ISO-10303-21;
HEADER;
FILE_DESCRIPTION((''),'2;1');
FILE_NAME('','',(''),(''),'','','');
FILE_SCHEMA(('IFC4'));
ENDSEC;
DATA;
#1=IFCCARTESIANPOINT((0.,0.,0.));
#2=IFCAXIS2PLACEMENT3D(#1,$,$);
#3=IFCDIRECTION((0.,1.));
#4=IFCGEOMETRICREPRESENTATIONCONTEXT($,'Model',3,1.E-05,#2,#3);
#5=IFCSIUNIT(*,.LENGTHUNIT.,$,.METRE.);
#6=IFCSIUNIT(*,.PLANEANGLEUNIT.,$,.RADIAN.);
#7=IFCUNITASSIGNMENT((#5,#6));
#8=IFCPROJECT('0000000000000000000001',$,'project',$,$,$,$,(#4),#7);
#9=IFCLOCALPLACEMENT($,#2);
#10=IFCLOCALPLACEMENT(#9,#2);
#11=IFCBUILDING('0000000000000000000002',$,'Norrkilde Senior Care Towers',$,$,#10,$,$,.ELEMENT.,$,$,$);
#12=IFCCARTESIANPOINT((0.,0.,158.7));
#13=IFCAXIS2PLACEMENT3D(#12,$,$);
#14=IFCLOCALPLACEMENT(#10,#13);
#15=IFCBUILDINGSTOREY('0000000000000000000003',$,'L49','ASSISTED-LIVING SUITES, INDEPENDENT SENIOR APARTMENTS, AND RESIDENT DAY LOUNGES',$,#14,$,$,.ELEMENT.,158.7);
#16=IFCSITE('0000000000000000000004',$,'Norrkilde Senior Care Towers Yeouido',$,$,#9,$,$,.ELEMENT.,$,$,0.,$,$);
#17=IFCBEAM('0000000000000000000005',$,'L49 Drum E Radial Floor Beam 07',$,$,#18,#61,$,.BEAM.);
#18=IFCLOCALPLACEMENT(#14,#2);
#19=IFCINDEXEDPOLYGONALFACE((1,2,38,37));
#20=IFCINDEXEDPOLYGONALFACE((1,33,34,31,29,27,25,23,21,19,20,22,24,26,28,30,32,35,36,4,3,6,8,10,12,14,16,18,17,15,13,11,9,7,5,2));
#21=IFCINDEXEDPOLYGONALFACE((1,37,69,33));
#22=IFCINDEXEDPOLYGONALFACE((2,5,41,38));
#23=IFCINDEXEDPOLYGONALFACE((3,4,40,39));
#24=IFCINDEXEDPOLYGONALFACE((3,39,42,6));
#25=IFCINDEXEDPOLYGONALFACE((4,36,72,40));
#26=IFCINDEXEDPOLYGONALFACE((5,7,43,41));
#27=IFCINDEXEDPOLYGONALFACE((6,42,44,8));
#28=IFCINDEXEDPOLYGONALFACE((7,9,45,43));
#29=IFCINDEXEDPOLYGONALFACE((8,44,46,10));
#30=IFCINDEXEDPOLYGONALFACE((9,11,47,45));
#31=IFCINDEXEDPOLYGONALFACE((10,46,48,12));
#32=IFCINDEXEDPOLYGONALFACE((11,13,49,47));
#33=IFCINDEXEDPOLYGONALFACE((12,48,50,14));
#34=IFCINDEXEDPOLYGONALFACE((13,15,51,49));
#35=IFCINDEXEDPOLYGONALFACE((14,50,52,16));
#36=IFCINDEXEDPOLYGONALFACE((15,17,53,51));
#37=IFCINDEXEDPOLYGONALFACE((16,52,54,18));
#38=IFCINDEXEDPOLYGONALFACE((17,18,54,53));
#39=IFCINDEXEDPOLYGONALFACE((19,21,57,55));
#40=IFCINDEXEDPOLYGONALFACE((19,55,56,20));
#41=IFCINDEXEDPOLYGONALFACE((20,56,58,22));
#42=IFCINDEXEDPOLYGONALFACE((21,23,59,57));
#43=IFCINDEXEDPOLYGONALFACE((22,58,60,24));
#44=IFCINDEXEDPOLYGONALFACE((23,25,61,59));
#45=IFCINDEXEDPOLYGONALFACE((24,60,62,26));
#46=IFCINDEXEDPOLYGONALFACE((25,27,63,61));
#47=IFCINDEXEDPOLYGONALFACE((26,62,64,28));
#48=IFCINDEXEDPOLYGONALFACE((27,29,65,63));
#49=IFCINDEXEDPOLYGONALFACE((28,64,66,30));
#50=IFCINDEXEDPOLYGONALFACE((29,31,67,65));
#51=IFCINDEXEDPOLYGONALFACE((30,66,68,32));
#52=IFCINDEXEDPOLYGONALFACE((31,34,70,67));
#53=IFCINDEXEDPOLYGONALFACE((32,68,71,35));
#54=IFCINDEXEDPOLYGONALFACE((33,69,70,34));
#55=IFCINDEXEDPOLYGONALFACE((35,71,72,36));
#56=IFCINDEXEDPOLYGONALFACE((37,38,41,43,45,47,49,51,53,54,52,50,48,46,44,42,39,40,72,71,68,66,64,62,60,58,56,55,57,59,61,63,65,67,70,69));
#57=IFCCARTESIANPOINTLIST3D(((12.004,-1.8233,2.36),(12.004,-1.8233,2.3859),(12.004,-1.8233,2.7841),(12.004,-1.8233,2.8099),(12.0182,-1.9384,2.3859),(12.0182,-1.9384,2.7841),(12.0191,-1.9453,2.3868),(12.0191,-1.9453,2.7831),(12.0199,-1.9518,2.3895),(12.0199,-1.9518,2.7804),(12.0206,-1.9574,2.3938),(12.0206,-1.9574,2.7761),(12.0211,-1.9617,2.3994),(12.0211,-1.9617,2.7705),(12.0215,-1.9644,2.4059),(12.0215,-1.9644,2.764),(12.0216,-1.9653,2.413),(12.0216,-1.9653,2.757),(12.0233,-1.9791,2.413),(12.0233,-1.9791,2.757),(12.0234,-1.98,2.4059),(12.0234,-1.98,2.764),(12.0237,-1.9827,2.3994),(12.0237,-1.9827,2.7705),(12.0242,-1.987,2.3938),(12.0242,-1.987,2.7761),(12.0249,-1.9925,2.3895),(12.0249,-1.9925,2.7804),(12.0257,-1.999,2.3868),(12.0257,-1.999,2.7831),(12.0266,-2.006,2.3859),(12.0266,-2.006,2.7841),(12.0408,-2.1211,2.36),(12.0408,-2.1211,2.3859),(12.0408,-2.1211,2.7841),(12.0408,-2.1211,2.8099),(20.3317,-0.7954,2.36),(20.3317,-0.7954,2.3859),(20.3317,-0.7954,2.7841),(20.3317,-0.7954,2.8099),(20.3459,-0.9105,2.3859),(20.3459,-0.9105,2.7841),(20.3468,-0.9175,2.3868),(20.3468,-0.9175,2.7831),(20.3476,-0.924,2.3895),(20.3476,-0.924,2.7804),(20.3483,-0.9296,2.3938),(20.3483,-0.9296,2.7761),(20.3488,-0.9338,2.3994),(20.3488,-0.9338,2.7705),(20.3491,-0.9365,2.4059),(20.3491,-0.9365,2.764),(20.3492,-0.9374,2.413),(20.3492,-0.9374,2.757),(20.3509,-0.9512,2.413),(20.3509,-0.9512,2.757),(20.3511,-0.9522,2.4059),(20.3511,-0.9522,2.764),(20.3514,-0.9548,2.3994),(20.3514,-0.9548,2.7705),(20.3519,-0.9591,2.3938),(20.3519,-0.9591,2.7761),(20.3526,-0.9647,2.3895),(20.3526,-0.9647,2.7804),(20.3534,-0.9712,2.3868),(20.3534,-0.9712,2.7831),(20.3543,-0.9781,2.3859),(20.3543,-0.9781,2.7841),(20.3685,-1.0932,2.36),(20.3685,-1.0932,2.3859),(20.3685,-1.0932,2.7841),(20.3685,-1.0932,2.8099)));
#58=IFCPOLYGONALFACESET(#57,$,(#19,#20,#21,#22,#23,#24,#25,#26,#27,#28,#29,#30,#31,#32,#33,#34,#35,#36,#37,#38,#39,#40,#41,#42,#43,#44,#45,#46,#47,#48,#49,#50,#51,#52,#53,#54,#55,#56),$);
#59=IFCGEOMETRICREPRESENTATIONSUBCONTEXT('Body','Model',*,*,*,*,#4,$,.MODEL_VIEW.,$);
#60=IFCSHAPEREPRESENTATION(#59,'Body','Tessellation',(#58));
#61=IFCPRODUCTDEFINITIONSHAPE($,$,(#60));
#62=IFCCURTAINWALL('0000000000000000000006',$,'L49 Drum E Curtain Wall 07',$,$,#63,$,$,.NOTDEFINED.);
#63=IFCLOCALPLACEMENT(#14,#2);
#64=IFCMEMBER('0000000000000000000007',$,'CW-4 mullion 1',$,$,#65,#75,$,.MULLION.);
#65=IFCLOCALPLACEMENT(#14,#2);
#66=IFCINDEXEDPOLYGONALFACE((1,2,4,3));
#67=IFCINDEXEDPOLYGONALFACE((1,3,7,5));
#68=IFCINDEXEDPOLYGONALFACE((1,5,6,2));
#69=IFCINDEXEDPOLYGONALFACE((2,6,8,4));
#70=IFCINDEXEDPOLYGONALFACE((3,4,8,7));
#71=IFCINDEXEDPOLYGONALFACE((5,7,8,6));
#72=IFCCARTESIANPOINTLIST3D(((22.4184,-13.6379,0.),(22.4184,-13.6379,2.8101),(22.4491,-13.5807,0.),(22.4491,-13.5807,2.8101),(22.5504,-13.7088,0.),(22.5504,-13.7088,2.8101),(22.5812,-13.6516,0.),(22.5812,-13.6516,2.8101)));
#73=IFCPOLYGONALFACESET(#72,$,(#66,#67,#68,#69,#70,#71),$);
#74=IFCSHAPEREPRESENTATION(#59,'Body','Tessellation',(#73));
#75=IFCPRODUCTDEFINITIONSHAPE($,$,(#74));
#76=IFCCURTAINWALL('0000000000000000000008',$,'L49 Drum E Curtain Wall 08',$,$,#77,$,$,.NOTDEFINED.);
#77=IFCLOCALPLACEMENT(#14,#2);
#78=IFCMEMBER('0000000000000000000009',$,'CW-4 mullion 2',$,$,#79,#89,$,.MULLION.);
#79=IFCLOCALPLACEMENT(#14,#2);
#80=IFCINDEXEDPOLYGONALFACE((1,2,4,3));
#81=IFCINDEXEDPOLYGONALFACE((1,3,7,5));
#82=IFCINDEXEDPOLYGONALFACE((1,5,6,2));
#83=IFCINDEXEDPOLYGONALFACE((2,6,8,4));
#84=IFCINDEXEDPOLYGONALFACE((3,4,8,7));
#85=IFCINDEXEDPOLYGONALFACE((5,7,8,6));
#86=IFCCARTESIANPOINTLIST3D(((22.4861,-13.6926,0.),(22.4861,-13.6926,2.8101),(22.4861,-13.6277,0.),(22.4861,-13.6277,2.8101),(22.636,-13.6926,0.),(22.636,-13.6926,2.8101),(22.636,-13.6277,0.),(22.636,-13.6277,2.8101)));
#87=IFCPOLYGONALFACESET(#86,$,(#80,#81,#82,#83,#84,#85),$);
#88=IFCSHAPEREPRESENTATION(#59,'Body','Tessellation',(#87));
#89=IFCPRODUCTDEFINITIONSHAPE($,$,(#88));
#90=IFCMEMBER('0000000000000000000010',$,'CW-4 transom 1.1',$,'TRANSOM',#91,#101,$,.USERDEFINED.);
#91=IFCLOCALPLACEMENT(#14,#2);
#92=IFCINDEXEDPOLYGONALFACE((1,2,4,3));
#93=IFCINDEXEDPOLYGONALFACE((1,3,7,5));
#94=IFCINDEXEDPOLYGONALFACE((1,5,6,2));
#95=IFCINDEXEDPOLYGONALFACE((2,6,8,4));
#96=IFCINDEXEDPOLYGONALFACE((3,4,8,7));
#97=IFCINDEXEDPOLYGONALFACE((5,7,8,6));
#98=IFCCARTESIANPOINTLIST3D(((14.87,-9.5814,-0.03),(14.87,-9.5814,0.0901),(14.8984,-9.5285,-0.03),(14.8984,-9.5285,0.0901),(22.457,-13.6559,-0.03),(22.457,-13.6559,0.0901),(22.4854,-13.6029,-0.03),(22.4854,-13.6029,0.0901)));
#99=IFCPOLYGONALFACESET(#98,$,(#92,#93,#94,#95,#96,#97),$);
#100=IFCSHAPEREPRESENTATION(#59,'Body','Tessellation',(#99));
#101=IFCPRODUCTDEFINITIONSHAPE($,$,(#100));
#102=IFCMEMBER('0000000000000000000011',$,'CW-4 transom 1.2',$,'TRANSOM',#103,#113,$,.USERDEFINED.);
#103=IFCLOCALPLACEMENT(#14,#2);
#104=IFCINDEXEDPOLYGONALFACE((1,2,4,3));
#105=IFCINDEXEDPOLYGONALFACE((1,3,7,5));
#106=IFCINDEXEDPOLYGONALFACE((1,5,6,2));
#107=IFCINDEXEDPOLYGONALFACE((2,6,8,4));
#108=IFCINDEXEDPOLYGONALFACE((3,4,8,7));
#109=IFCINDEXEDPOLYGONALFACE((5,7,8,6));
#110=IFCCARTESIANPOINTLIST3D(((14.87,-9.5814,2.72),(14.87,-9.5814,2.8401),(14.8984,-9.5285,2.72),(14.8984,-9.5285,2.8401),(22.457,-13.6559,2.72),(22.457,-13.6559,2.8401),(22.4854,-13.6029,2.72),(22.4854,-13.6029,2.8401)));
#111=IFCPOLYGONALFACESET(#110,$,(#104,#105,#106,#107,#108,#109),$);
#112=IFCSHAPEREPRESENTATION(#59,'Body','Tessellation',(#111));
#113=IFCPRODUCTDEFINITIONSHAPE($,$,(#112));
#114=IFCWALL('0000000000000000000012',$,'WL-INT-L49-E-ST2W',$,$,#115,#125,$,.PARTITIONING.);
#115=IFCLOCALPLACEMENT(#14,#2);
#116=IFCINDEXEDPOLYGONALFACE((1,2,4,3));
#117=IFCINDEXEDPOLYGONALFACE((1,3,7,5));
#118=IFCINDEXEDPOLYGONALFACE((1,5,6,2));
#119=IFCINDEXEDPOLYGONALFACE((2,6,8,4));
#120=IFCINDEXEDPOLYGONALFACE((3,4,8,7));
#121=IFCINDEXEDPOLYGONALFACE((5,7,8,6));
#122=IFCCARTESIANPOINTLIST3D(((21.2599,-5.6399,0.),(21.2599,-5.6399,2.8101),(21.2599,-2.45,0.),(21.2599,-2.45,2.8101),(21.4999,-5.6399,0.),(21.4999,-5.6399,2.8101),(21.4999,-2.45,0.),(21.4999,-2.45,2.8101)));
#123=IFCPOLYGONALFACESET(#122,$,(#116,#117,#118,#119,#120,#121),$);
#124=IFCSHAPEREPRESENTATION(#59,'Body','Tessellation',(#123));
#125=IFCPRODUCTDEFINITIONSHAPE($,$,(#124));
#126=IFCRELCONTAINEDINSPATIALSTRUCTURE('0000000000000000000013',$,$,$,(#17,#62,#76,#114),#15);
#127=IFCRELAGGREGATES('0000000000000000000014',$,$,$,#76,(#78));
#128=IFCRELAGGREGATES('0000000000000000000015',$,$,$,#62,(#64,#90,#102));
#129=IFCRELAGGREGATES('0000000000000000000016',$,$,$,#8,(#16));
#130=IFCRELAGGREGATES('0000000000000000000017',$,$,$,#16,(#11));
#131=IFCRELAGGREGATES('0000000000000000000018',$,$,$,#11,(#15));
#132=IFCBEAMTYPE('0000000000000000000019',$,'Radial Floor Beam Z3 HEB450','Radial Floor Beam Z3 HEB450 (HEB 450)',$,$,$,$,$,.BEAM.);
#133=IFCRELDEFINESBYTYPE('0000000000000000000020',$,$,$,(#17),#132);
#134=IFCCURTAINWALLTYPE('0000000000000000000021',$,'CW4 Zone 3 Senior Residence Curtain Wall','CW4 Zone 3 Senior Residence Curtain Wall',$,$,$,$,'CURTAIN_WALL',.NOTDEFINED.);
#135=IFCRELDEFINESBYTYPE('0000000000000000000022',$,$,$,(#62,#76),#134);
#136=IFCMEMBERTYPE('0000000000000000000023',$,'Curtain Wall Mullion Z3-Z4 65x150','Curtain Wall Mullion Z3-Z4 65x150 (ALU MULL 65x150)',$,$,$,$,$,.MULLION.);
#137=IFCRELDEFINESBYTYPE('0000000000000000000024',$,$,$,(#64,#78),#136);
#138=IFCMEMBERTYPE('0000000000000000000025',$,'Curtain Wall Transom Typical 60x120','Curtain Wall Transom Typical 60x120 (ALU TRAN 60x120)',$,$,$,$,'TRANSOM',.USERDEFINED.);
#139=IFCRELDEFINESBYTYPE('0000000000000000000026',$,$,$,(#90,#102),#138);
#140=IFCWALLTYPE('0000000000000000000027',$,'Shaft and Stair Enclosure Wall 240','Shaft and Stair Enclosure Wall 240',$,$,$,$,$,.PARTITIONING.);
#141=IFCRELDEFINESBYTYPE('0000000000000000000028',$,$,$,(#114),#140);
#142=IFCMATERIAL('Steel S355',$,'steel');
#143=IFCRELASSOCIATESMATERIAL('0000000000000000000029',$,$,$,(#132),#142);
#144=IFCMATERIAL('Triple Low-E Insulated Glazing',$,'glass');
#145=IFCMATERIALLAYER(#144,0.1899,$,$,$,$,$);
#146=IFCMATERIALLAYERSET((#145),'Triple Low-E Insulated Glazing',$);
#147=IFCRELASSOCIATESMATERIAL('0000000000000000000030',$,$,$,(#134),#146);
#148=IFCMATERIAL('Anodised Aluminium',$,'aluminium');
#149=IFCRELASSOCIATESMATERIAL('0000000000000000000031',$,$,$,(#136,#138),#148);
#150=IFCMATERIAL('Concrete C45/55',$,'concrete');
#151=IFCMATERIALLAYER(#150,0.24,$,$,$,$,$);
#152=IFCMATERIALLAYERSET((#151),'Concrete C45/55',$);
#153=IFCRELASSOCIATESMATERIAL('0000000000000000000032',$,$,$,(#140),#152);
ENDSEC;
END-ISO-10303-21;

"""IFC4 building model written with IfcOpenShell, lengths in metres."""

from ifc_helpers import new_model, si_unit, direction, frame, frame_2d, origin, origin_2d, place, context, subcontext, project, spatial, rectangle, i_section, extrude, source, transform, mapped, material, layer, layer_set, material_profile, profile_set, type_object, type_shapes, element, aggregate, save


model = new_model("IFC4")

# Units and contexts
model_context = context("Model", 3, precision=1e-05, world=origin(), true_north=direction((0.0, 1.0)))
body_context = subcontext(model_context, "Body", "Model", "MODEL_VIEW")
ifc_project = project(units=[si_unit("LENGTHUNIT", "METRE"), si_unit("PLANEANGLEUNIT", "RADIAN")], contexts=[model_context])

# Site, building, storey
site_placement = place(None, origin())
site = spatial("IfcSite", under=ifc_project, at=site_placement, Name="Norrkilde Senior Care Towers Yeouido", CompositionType="ELEMENT", RefElevation=0.0)
building_placement = place(site_placement, origin())
building = spatial("IfcBuilding", under=site, at=building_placement, Name="Norrkilde Senior Care Towers", CompositionType="ELEMENT")
storey_placement = place(building_placement, frame((0.0, 0.0, 158.7)))
storey = spatial("IfcBuildingStorey", under=building, at=storey_placement, Name="L49", Description="ASSISTED-LIVING SUITES, INDEPENDENT SENIOR APARTMENTS, AND RESIDENT DAY LOUNGES", CompositionType="ELEMENT", Elevation=158.7)

# Beam
ifc_material_1 = material(Name="Steel S355", Category="steel")
ifc_material_profile_1 = material_profile(ifc_material_1, i_section(OverallWidth=0.3, OverallDepth=0.45, WebThickness=0.0139, FlangeThickness=0.0259, FilletRadius=0.0271, at=origin_2d()), Name="HEB 450")
ifc_profile_set_1 = profile_set([ifc_material_profile_1], Name="Steel S355")
beam_type_1 = type_object("IfcBeamType", Name="Radial Floor Beam Z3 HEB450", Description="Radial Floor Beam Z3 HEB450 (HEB 450)", PredefinedType="BEAM", material=ifc_profile_set_1)
shared_shape_1 = source(origin(), body_context, "Body", "SweptSolid", [
    extrude(i_section(OverallWidth=0.3, OverallDepth=0.45, WebThickness=0.0139, FlangeThickness=0.0259, FilletRadius=0.0271, at=origin_2d()), origin(), (0.0, 0.0, 1.0), 8.3909),
])
beam_1_placement = place(storey_placement, frame((20.3501, -0.9443, 2.585), z_axis=(-0.992469, -0.122495, 0.0), x_axis=(0.122495, -0.992469, 0.0)))
element("IfcBeam", 1, at=beam_1_placement, inside=storey, type_object=beam_type_1, Name="L49 Drum E Radial Floor Beam 07", PredefinedType="BEAM", context=body_context, shape_type="MappedRepresentation", body=[
    mapped(shared_shape_1, transform((0.0, 0.0, 0.0), x_axis=(1.0, 0.0, 0.0), y_axis=(0.0, 1.0, 0.0), z_axis=(0.0, 0.0, 1.0), scale=1.0)),
])

# Curtain walls, members
ifc_material_2 = material(Name="Triple Low-E Insulated Glazing", Category="glass")
ifc_layer_1 = layer(ifc_material_2, 0.1899)
ifc_layer_set_1 = layer_set([ifc_layer_1], Name="Triple Low-E Insulated Glazing")
curtain_wall_type = type_object("IfcCurtainWallType", Name="CW4 Zone 3 Senior Residence Curtain Wall", Description="CW4 Zone 3 Senior Residence Curtain Wall", ElementType="CURTAIN_WALL", PredefinedType="NOTDEFINED", material=ifc_layer_set_1)
curtain_wall_1_placement = place(storey_placement, origin())
curtain_wall_1 = element("IfcCurtainWall", 2, at=curtain_wall_1_placement, inside=storey, type_object=curtain_wall_type, Name="L49 Drum E Curtain Wall 07", PredefinedType="NOTDEFINED")
ifc_material_3 = material(Name="Anodised Aluminium", Category="aluminium")
ifc_material_profile_2 = material_profile(ifc_material_3, rectangle(XDim=0.0649, YDim=0.1499, at=origin_2d()), Name="ALU MULL 65x150")
ifc_profile_set_2 = profile_set([ifc_material_profile_2], Name="Anodised Aluminium")
member_type_1 = type_object("IfcMemberType", Name="Curtain Wall Mullion Z3-Z4 65x150", Description="Curtain Wall Mullion Z3-Z4 65x150 (ALU MULL 65x150)", PredefinedType="MULLION", material=ifc_profile_set_2)
shared_shape_2 = source(origin(), body_context, "Body", "SweptSolid", [
    extrude(rectangle(XDim=0.0649, YDim=0.1499, at=origin_2d()), origin(), (0.0, 0.0, 1.0), 2.8101),
])
type_shapes(member_type_1, [shared_shape_2])
member_1_placement = place(storey_placement, frame((22.4998, -13.6448, 0.0), z_axis=(0.0, 0.0, 1.0), x_axis=(-0.473117, -0.881, 0.0)))
member_1 = element("IfcMember", 3, at=member_1_placement, type_object=member_type_1, Name="CW-4 mullion 1", PredefinedType="MULLION", context=body_context, shape_type="MappedRepresentation", body=[
    mapped(shared_shape_2, transform((0.0, 0.0, 0.0), x_axis=(1.0, 0.0, 0.0), y_axis=(0.0, 1.0, 0.0), z_axis=(0.0, 0.0, 1.0), scale=1.0)),
])
curtain_wall_2_placement = place(storey_placement, origin())
curtain_wall_2 = element("IfcCurtainWall", 4, at=curtain_wall_2_placement, inside=storey, type_object=curtain_wall_type, Name="L49 Drum E Curtain Wall 08", PredefinedType="NOTDEFINED")
member_2_placement = place(storey_placement, frame((22.561, -13.6602, 0.0), z_axis=(0.0, 0.0, 1.0), x_axis=(0.0, -1.0, 0.0)))
member_2 = element("IfcMember", 5, at=member_2_placement, type_object=member_type_1, Name="CW-4 mullion 2", PredefinedType="MULLION", context=body_context, shape_type="MappedRepresentation", body=[
    mapped(shared_shape_2, transform((0.0, 0.0, 0.0), x_axis=(1.0, 0.0, 0.0), y_axis=(0.0, 1.0, 0.0), z_axis=(0.0, 0.0, 1.0), scale=1.0)),
])
aggregate(curtain_wall_2, [member_2])

# Members
ifc_material_profile_3 = material_profile(ifc_material_3, rectangle(XDim=0.0601, YDim=0.1201, at=origin_2d()), Name="ALU TRAN 60x120")
ifc_profile_set_3 = profile_set([ifc_material_profile_3], Name="Anodised Aluminium")
member_type_2 = type_object("IfcMemberType", Name="Curtain Wall Transom Typical 60x120", Description="Curtain Wall Transom Typical 60x120 (ALU TRAN 60x120)", ElementType="TRANSOM", PredefinedType="USERDEFINED", material=ifc_profile_set_3)
shared_shape_3 = source(origin(), body_context, "Body", "SweptSolid", [
    extrude(rectangle(XDim=0.0601, YDim=0.1201, at=origin_2d()), origin(), (0.0, 0.0, 1.0), 8.6118),
])
type_shapes(member_type_2, [shared_shape_3])
member_3_placement = place(storey_placement, frame((22.4712, -13.6294, 0.03), z_axis=(-0.880994, 0.473127, 0.0), x_axis=(-0.473127, -0.880994, 0.0)))
member_3 = element("IfcMember", 6, at=member_3_placement, type_object=member_type_2, Name="CW-4 transom 1.1", ObjectType="TRANSOM", PredefinedType="USERDEFINED", context=body_context, shape_type="MappedRepresentation", body=[
    mapped(shared_shape_3, transform((0.0, 0.0, 0.0), x_axis=(1.0, 0.0, 0.0), y_axis=(0.0, 1.0, 0.0), z_axis=(0.0, 0.0, 1.0), scale=1.0)),
])
member_4_placement = place(storey_placement, frame((22.4712, -13.6294, 2.78), z_axis=(-0.880994, 0.473127, 0.0), x_axis=(-0.473127, -0.880994, 0.0)))
member_4 = element("IfcMember", 7, at=member_4_placement, type_object=member_type_2, Name="CW-4 transom 1.2", ObjectType="TRANSOM", PredefinedType="USERDEFINED", context=body_context, shape_type="MappedRepresentation", body=[
    mapped(shared_shape_3, transform((0.0, 0.0, 0.0), x_axis=(1.0, 0.0, 0.0), y_axis=(0.0, 1.0, 0.0), z_axis=(0.0, 0.0, 1.0), scale=1.0)),
])
aggregate(curtain_wall_1, [member_1, member_3, member_4])

# Shared definitions
ifc_material_4 = material(Name="Concrete C45/55", Category="concrete")
ifc_layer_2 = layer(ifc_material_4, 0.24)
ifc_layer_set_2 = layer_set([ifc_layer_2], Name="Concrete C45/55")
wall_type_1 = type_object("IfcWallType", Name="Shaft and Stair Enclosure Wall 240", Description="Shaft and Stair Enclosure Wall 240", PredefinedType="PARTITIONING", material=ifc_layer_set_2)

# Wall
shared_shape_4 = source(origin(), body_context, "Body", "SweptSolid", [
    extrude(rectangle(XDim=3.1899, YDim=0.24, at=frame_2d((1.595, 0.0))), origin(), (0.0, 0.0, 1.0), 2.8101),
])
wall_1_placement = place(storey_placement, frame((21.3799, -5.6399, 0.0), z_axis=(0.0, 0.0, 1.0), x_axis=(0.0, 1.0, 0.0)))
element("IfcWall", 8, at=wall_1_placement, inside=storey, type_object=wall_type_1, Name="WL-INT-L49-E-ST2W", PredefinedType="PARTITIONING", context=body_context, shape_type="MappedRepresentation", body=[
    mapped(shared_shape_4, transform((0.0, 0.0, 0.0), x_axis=(1.0, 0.0, 0.0), y_axis=(0.0, 1.0, 0.0), z_axis=(0.0, 0.0, 1.0), scale=1.0)),
])

save(model, "model.ifc")
